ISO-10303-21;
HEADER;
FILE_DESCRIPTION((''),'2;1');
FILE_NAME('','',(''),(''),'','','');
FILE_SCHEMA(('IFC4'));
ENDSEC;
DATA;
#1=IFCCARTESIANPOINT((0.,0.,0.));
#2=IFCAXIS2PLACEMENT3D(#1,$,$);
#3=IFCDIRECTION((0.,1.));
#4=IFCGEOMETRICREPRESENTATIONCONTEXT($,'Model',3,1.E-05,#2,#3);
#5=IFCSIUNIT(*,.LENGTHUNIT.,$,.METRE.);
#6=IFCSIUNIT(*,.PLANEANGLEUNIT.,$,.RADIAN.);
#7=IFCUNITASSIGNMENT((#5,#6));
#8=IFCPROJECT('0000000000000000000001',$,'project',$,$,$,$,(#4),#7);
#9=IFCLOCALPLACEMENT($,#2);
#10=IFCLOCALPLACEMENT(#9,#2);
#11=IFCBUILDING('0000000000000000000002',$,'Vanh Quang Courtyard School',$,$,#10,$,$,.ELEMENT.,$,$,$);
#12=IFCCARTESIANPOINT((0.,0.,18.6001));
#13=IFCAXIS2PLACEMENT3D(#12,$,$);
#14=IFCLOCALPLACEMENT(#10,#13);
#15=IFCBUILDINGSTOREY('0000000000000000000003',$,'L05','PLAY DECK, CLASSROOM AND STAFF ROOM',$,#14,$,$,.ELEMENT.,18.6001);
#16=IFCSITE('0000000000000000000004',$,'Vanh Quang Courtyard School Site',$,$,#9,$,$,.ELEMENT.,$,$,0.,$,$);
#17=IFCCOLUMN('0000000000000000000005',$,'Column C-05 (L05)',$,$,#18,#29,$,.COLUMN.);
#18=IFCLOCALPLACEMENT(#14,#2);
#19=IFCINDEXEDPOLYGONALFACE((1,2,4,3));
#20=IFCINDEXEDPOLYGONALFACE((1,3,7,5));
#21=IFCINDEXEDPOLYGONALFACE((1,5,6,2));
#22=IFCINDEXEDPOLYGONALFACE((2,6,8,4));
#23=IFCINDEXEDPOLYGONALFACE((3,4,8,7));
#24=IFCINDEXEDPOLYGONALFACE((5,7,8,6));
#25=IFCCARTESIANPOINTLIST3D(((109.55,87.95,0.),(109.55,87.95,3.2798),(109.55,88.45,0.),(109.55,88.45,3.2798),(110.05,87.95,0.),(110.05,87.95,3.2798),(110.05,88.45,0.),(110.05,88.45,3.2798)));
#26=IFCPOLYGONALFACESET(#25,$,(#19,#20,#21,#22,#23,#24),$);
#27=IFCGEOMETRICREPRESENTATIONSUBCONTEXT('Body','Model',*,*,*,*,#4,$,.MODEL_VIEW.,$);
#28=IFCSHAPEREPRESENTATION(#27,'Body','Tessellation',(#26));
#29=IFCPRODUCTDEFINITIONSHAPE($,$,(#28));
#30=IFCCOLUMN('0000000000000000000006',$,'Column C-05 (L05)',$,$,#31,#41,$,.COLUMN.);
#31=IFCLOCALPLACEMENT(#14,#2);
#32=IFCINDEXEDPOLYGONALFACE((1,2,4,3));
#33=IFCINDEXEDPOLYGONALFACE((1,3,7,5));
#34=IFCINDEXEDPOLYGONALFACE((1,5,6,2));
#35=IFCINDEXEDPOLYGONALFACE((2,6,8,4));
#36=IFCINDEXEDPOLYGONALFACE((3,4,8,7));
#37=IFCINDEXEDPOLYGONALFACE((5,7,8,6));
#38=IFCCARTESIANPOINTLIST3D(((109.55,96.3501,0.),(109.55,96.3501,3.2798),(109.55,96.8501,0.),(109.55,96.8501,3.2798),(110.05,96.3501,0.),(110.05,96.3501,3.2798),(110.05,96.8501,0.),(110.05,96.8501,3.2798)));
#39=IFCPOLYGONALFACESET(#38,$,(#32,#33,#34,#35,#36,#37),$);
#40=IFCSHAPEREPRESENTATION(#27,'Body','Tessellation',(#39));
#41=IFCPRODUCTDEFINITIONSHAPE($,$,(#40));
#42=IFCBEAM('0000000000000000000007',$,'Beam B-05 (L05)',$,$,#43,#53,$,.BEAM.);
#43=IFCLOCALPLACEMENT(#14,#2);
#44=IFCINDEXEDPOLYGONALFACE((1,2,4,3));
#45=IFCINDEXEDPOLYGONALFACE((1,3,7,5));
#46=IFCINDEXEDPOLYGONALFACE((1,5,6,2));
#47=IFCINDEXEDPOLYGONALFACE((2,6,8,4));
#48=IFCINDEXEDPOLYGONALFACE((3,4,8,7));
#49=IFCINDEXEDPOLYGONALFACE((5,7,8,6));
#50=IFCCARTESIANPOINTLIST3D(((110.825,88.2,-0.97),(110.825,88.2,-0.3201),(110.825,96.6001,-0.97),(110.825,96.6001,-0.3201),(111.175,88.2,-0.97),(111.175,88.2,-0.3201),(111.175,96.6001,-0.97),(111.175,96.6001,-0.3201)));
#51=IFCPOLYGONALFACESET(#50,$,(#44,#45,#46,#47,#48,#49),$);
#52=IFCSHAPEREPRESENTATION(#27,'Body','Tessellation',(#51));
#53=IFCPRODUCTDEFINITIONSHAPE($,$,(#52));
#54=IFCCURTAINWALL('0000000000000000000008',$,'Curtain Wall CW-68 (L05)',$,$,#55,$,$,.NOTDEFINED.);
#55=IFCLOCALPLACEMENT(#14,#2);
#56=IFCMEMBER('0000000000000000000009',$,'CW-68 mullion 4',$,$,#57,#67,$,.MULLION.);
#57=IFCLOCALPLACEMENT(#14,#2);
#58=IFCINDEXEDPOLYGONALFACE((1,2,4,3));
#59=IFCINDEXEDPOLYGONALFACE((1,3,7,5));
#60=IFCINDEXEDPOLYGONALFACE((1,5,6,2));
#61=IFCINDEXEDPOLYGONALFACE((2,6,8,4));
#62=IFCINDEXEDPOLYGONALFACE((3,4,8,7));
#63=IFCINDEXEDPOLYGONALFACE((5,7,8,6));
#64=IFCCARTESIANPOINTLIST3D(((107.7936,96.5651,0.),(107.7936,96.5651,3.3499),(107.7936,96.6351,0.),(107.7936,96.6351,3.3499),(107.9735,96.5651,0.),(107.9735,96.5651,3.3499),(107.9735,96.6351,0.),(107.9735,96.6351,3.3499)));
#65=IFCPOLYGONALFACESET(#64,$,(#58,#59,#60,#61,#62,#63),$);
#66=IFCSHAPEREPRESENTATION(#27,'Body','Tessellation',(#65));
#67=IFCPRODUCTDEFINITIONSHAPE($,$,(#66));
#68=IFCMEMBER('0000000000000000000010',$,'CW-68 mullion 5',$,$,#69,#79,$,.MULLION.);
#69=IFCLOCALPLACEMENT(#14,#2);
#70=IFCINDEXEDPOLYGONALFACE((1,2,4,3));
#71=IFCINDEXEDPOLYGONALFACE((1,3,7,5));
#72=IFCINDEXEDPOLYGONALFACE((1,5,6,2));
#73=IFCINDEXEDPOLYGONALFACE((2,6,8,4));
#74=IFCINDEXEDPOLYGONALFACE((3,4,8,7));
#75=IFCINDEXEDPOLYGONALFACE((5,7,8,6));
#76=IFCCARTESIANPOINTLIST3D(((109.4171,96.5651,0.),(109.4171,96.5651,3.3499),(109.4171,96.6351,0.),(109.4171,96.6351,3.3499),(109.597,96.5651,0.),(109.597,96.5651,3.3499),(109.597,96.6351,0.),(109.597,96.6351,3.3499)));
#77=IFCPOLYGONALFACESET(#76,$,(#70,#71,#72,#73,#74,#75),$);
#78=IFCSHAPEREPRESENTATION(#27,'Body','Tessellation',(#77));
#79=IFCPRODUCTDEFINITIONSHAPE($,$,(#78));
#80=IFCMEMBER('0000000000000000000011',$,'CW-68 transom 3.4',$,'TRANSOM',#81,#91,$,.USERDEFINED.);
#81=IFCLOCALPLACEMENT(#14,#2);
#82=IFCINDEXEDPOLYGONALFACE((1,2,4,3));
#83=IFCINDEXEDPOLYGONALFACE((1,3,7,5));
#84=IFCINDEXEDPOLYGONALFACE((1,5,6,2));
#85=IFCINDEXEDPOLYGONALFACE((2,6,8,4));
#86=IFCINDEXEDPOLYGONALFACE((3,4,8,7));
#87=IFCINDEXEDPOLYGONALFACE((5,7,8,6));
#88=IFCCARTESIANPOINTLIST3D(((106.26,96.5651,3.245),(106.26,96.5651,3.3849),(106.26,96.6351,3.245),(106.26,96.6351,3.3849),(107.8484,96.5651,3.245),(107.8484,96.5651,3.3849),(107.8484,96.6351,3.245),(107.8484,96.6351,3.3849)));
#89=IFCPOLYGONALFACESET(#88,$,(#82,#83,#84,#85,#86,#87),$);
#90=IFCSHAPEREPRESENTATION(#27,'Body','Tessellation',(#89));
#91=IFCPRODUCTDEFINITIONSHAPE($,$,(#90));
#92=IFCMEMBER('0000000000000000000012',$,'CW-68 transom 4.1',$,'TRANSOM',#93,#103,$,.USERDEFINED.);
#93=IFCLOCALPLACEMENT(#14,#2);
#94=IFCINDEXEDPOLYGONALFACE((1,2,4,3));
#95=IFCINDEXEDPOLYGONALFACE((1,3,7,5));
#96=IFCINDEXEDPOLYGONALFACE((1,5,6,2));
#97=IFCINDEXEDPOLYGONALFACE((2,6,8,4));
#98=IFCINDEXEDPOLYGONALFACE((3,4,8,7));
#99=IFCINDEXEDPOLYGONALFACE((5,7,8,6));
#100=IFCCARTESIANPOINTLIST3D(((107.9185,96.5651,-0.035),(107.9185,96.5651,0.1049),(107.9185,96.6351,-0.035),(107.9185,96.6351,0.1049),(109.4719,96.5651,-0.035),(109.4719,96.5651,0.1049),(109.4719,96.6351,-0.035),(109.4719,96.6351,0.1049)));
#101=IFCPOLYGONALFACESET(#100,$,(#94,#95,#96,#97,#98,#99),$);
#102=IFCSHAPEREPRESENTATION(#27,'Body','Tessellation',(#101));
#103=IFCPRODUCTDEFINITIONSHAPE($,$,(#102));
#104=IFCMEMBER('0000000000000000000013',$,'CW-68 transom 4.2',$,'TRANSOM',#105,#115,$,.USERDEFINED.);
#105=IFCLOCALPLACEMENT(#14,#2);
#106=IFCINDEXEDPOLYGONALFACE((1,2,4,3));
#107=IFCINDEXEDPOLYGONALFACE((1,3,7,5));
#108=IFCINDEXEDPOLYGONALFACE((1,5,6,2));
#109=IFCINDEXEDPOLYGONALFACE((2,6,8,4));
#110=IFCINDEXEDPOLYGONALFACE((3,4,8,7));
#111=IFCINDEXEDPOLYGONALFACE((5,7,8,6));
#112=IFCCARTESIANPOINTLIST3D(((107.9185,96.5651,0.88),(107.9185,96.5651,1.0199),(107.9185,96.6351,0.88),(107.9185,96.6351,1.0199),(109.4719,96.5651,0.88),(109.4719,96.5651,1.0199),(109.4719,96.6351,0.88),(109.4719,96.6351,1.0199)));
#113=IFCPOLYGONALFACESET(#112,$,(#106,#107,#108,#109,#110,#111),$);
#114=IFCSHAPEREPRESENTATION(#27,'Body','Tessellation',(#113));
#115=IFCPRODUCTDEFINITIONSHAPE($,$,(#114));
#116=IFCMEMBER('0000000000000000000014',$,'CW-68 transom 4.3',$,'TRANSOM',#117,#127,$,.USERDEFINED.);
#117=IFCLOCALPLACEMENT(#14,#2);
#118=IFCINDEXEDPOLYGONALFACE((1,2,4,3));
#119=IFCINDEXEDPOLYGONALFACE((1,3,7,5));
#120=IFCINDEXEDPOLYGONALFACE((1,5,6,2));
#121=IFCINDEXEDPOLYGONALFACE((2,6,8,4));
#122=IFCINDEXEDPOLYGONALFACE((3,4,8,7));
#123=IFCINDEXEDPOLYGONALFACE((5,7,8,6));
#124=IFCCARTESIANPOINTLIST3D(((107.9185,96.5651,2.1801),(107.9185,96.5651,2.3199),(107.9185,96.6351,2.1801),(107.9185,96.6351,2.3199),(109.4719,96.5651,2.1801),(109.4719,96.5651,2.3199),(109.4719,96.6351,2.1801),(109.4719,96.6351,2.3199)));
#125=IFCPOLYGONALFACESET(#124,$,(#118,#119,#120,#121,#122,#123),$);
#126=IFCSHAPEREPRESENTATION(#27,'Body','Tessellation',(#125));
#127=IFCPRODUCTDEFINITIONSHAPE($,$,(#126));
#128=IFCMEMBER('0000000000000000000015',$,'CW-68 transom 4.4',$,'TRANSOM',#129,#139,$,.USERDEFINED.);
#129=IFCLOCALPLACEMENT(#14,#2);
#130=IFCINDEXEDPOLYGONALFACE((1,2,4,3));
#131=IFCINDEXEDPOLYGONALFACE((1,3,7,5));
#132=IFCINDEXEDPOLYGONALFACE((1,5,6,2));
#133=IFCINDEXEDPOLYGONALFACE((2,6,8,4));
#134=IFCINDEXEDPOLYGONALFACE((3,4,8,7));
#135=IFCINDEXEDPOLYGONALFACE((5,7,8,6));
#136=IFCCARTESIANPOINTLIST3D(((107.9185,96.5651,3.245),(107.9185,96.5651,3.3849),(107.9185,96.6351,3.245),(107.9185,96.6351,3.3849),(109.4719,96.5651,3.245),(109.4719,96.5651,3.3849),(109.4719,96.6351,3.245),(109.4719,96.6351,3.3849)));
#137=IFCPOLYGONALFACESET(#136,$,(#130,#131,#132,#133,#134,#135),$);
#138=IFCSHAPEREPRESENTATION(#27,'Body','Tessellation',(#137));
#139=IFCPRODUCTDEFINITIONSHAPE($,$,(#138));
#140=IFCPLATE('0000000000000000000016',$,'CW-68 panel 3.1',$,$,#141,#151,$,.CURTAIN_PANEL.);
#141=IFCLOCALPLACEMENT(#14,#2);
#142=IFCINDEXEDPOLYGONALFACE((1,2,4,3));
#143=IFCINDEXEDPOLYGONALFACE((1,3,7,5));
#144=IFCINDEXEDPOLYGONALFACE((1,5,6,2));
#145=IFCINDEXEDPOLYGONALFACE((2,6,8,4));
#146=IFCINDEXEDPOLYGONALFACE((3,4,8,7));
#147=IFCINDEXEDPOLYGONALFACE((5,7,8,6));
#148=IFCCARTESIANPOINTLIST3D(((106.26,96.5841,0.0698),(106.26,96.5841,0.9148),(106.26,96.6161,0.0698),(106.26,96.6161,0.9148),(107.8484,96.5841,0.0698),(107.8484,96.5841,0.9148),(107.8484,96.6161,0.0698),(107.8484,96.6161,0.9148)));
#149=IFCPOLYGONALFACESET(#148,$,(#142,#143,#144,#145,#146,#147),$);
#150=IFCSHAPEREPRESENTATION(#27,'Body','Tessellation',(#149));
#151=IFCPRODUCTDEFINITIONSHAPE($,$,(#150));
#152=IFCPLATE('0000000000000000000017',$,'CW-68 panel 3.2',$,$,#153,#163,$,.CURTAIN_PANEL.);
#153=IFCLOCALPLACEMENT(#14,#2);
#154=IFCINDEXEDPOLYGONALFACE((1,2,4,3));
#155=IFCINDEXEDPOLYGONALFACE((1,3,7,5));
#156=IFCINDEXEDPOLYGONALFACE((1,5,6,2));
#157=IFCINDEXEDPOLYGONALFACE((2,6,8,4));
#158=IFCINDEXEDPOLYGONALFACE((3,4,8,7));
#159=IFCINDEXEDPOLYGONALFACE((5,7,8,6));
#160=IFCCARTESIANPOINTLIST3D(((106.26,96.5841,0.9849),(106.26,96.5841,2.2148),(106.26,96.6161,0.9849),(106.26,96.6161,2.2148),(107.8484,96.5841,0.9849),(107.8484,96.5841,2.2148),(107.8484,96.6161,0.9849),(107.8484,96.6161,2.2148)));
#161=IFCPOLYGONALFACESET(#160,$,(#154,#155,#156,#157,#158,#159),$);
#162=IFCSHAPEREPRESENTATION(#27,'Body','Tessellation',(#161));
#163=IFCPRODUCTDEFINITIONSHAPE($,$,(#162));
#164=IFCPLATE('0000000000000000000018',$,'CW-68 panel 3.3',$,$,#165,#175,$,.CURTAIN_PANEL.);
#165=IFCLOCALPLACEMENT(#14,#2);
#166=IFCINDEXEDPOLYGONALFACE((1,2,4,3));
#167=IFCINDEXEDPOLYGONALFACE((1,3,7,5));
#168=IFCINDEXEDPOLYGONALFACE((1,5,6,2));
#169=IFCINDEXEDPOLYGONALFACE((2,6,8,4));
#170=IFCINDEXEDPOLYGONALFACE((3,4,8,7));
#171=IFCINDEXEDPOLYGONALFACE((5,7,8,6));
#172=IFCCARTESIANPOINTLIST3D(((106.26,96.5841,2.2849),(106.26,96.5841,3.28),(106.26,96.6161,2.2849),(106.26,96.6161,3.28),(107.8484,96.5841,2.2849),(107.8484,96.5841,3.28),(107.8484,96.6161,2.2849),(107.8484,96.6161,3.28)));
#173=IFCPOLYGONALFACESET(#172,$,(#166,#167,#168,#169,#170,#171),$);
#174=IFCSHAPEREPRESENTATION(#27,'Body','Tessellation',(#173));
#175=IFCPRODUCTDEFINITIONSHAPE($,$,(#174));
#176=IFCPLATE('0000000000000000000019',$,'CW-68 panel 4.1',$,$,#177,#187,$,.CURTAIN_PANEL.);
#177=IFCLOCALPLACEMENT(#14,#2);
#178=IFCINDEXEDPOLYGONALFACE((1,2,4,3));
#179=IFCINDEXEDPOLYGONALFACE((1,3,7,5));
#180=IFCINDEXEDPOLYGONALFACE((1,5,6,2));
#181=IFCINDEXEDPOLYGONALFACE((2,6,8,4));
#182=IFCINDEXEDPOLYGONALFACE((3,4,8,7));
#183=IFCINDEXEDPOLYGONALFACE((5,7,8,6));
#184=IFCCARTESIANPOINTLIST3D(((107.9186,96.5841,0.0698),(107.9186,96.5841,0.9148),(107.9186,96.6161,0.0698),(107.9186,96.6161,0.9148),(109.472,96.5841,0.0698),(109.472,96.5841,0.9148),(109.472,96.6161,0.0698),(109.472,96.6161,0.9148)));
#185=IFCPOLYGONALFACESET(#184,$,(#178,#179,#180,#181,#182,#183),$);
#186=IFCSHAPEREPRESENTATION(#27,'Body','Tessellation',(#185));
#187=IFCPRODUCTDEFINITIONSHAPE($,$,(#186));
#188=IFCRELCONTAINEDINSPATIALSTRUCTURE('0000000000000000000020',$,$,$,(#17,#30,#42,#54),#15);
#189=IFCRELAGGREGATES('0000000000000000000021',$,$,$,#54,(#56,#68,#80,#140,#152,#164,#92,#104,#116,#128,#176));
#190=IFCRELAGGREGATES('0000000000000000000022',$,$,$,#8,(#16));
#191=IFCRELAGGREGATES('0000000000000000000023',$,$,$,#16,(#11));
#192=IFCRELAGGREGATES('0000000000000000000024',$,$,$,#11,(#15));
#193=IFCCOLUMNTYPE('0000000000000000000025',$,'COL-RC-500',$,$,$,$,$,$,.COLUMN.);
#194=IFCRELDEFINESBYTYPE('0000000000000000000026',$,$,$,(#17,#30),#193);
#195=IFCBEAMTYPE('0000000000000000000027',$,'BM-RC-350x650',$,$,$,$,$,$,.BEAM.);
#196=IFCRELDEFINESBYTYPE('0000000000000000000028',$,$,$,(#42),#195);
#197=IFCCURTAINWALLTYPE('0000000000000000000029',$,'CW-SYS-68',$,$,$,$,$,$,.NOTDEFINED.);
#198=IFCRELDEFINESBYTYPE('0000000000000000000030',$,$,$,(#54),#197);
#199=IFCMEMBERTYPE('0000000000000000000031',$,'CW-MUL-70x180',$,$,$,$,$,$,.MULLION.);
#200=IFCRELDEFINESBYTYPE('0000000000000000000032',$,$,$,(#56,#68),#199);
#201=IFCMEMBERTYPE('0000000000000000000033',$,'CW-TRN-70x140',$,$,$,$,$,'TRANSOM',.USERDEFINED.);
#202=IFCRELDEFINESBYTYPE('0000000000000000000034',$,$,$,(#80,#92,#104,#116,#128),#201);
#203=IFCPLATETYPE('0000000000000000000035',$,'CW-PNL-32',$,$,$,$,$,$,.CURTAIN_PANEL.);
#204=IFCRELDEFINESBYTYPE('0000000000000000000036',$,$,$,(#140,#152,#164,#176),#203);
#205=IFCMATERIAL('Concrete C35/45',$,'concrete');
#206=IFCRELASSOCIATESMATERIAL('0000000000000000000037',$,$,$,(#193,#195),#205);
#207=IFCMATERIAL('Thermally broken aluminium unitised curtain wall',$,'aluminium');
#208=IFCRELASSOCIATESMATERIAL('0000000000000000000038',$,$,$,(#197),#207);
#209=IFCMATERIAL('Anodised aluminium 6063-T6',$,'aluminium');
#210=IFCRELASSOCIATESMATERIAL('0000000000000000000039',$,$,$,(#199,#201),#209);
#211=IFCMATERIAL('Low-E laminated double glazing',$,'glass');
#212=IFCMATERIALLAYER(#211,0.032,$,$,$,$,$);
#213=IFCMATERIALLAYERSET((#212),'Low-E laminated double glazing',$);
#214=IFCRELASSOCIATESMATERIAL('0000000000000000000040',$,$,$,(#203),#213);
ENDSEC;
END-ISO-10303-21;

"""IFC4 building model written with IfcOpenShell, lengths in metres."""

from ifc_helpers import new_model, si_unit, direction, frame, origin, origin_2d, place, context, subcontext, project, spatial, rectangle, extrude, material, layer, layer_set, material_profile, profile_set, type_object, element, aggregate, save


model = new_model("IFC4")

# Units and contexts
model_context = context("Model", 3, precision=1e-05, world=origin(), true_north=direction((0.0, 1.0)))
body_context = subcontext(model_context, "Body", "Model", "MODEL_VIEW")
ifc_project = project(units=[si_unit("LENGTHUNIT", "METRE"), si_unit("PLANEANGLEUNIT", "RADIAN")], contexts=[model_context])

# Site, building, storey
site_placement = place(None, origin())
site = spatial("IfcSite", under=ifc_project, at=site_placement, Name="Vanh Quang Courtyard School Site", CompositionType="ELEMENT", RefElevation=0.0)
building_placement = place(site_placement, origin())
building = spatial("IfcBuilding", under=site, at=building_placement, Name="Vanh Quang Courtyard School", CompositionType="ELEMENT")
storey_placement = place(building_placement, frame((0.0, 0.0, 18.6001)))
storey = spatial("IfcBuildingStorey", under=building, at=storey_placement, Name="L05", Description="PLAY DECK, CLASSROOM AND STAFF ROOM", CompositionType="ELEMENT", Elevation=18.6001)

# Columns
ifc_material_1 = material(Name="Concrete C35/45", Category="concrete")
ifc_material_profile_1 = material_profile(ifc_material_1, rectangle(XDim=0.5, YDim=0.5, at=origin_2d()), Name="RC-COL 500x500")
ifc_profile_set_1 = profile_set([ifc_material_profile_1], Name="Concrete C35/45")
column_type = type_object("IfcColumnType", Name="COL-RC-500", PredefinedType="COLUMN", material=ifc_profile_set_1)
for number, where, z_axis, x_axis, name in (
    (1, (109.8, 88.2, 0.0), (0.0, 0.0, 1.0), (1.0, 0.0, 0.0), "Column C-05 (L05)"),
    (2, (109.8, 96.6001, 0.0), (0.0, 0.0, 1.0), (1.0, 0.0, 0.0), "Column C-05 (L05)"),
):
    element("IfcColumn", number, at=place(storey_placement, frame(where, z_axis=z_axis, x_axis=x_axis)), inside=storey, type_object=column_type, Name=name, PredefinedType="COLUMN", context=body_context, shape_type="SweptSolid", body=[
        extrude(rectangle(XDim=0.5, YDim=0.5, at=origin_2d()), origin(), (0.0, 0.0, 1.0), 3.2798),
    ])

# Beam
ifc_material_profile_2 = material_profile(ifc_material_1, rectangle(XDim=0.3501, YDim=0.6499, at=origin_2d()), Name="RC-BM 350x650")
ifc_profile_set_2 = profile_set([ifc_material_profile_2], Name="Concrete C35/45")
beam_type = type_object("IfcBeamType", Name="BM-RC-350x650", PredefinedType="BEAM", material=ifc_profile_set_2)
beam_placement = place(storey_placement, frame((111.0, 88.2, -0.645), z_axis=(0.0, 1.0, 0.0), x_axis=(-1.0, 0.0, 0.0)))
element("IfcBeam", 3, at=beam_placement, inside=storey, type_object=beam_type, Name="Beam B-05 (L05)", PredefinedType="BEAM", context=body_context, shape_type="SweptSolid", body=[
    extrude(rectangle(XDim=0.3501, YDim=0.6499, at=origin_2d()), origin(), (0.0, 0.0, 1.0), 8.4001),
])

# Curtain wall, members, plates
ifc_material_2 = material(Name="Thermally broken aluminium unitised curtain wall", Category="aluminium")
curtain_wall_type = type_object("IfcCurtainWallType", Name="CW-SYS-68", PredefinedType="NOTDEFINED", material=ifc_material_2)
curtain_wall_placement = place(storey_placement, origin())
curtain_wall = element("IfcCurtainWall", 4, at=curtain_wall_placement, inside=storey, type_object=curtain_wall_type, Name="Curtain Wall CW-68 (L05)", PredefinedType="NOTDEFINED")
ifc_material_3 = material(Name="Anodised aluminium 6063-T6", Category="aluminium")
ifc_material_profile_3 = material_profile(ifc_material_3, rectangle(XDim=0.0701, YDim=0.1799, at=origin_2d()), Name="ALU-MUL 70x180")
ifc_profile_set_3 = profile_set([ifc_material_profile_3], Name="Anodised aluminium 6063-T6")
member_type_1 = type_object("IfcMemberType", Name="CW-MUL-70x180", PredefinedType="MULLION", material=ifc_profile_set_3)
member_1_placement = place(storey_placement, frame((107.8835, 96.6001, 0.0), z_axis=(0.0, 0.0, 1.0), x_axis=(0.0, 1.0, 0.0)))
member_1 = element("IfcMember", 5, at=member_1_placement, type_object=member_type_1, Name="CW-68 mullion 4", PredefinedType="MULLION", context=body_context, shape_type="SweptSolid", body=[
    extrude(rectangle(XDim=0.0701, YDim=0.1799, at=origin_2d()), origin(), (0.0, 0.0, 1.0), 3.3499),
])
member_2_placement = place(storey_placement, frame((109.5071, 96.6001, 0.0), z_axis=(0.0, 0.0, 1.0), x_axis=(0.0, 1.0, 0.0)))
member_2 = element("IfcMember", 6, at=member_2_placement, type_object=member_type_1, Name="CW-68 mullion 5", PredefinedType="MULLION", context=body_context, shape_type="SweptSolid", body=[
    extrude(rectangle(XDim=0.0701, YDim=0.1799, at=origin_2d()), origin(), (0.0, 0.0, 1.0), 3.3499),
])
ifc_material_profile_4 = material_profile(ifc_material_3, rectangle(XDim=0.0701, YDim=0.1399, at=origin_2d()), Name="ALU-TRN 70x140")
ifc_profile_set_4 = profile_set([ifc_material_profile_4], Name="Anodised aluminium 6063-T6")
member_type_2 = type_object("IfcMemberType", Name="CW-TRN-70x140", ElementType="TRANSOM", PredefinedType="USERDEFINED", material=ifc_profile_set_4)
member_3_placement = place(storey_placement, frame((106.26, 96.6001, 3.3149), z_axis=(1.0, 0.0, 0.0), x_axis=(0.0, 1.0, 0.0)))
member_3 = element("IfcMember", 7, at=member_3_placement, type_object=member_type_2, Name="CW-68 transom 3.4", ObjectType="TRANSOM", PredefinedType="USERDEFINED", context=body_context, shape_type="SweptSolid", body=[
    extrude(rectangle(XDim=0.0701, YDim=0.1399, at=origin_2d()), origin(), (0.0, 0.0, 1.0), 1.5884),
])
member_4_placement = place(storey_placement, frame((107.9185, 96.6001, 0.0349), z_axis=(1.0, 0.0, 0.0), x_axis=(0.0, 1.0, 0.0)))
member_4 = element("IfcMember", 8, at=member_4_placement, type_object=member_type_2, Name="CW-68 transom 4.1", ObjectType="TRANSOM", PredefinedType="USERDEFINED", context=body_context, shape_type="SweptSolid", body=[
    extrude(rectangle(XDim=0.0701, YDim=0.1399, at=origin_2d()), origin(), (0.0, 0.0, 1.0), 1.5535),
])
member_5_placement = place(storey_placement, frame((107.9185, 96.6001, 0.95), z_axis=(1.0, 0.0, 0.0), x_axis=(0.0, 1.0, 0.0)))
member_5 = element("IfcMember", 9, at=member_5_placement, type_object=member_type_2, Name="CW-68 transom 4.2", ObjectType="TRANSOM", PredefinedType="USERDEFINED", context=body_context, shape_type="SweptSolid", body=[
    extrude(rectangle(XDim=0.0701, YDim=0.1399, at=origin_2d()), origin(), (0.0, 0.0, 1.0), 1.5535),
])
member_6_placement = place(storey_placement, frame((107.9185, 96.6001, 2.25), z_axis=(1.0, 0.0, 0.0), x_axis=(0.0, 1.0, 0.0)))
member_6 = element("IfcMember", 10, at=member_6_placement, type_object=member_type_2, Name="CW-68 transom 4.3", ObjectType="TRANSOM", PredefinedType="USERDEFINED", context=body_context, shape_type="SweptSolid", body=[
    extrude(rectangle(XDim=0.0701, YDim=0.1399, at=origin_2d()), origin(), (0.0, 0.0, 1.0), 1.5535),
])
member_7_placement = place(storey_placement, frame((107.9185, 96.6001, 3.3149), z_axis=(1.0, 0.0, 0.0), x_axis=(0.0, 1.0, 0.0)))
member_7 = element("IfcMember", 11, at=member_7_placement, type_object=member_type_2, Name="CW-68 transom 4.4", ObjectType="TRANSOM", PredefinedType="USERDEFINED", context=body_context, shape_type="SweptSolid", body=[
    extrude(rectangle(XDim=0.0701, YDim=0.1399, at=origin_2d()), origin(), (0.0, 0.0, 1.0), 1.5535),
])
ifc_material_4 = material(Name="Low-E laminated double glazing", Category="glass")
ifc_layer_1 = layer(ifc_material_4, 0.032)
ifc_layer_set_1 = layer_set([ifc_layer_1], Name="Low-E laminated double glazing")
plate_type = type_object("IfcPlateType", Name="CW-PNL-32", PredefinedType="CURTAIN_PANEL", material=ifc_layer_set_1)
plate_1_placement = place(storey_placement, frame((107.0542, 96.6001, 0.0698), z_axis=(0.0, 0.0, 1.0), x_axis=(1.0, 0.0, 0.0)))
plate_1 = element("IfcPlate", 12, at=plate_1_placement, type_object=plate_type, Name="CW-68 panel 3.1", PredefinedType="CURTAIN_PANEL", context=body_context, shape_type="SweptSolid", body=[
    extrude(rectangle(XDim=1.5884, YDim=0.032, at=origin_2d()), origin(), (0.0, 0.0, 1.0), 0.845),
])
plate_2_placement = place(storey_placement, frame((107.0542, 96.6001, 0.9849), z_axis=(0.0, 0.0, 1.0), x_axis=(1.0, 0.0, 0.0)))
plate_2 = element("IfcPlate", 13, at=plate_2_placement, type_object=plate_type, Name="CW-68 panel 3.2", PredefinedType="CURTAIN_PANEL", context=body_context, shape_type="SweptSolid", body=[
    extrude(rectangle(XDim=1.5884, YDim=0.032, at=origin_2d()), origin(), (0.0, 0.0, 1.0), 1.23),
])
plate_3_placement = place(storey_placement, frame((107.0542, 96.6001, 2.2849), z_axis=(0.0, 0.0, 1.0), x_axis=(1.0, 0.0, 0.0)))
plate_3 = element("IfcPlate", 14, at=plate_3_placement, type_object=plate_type, Name="CW-68 panel 3.3", PredefinedType="CURTAIN_PANEL", context=body_context, shape_type="SweptSolid", body=[
    extrude(rectangle(XDim=1.5884, YDim=0.032, at=origin_2d()), origin(), (0.0, 0.0, 1.0), 0.9951),
])
plate_4_placement = place(storey_placement, frame((108.6953, 96.6001, 0.0698), z_axis=(0.0, 0.0, 1.0), x_axis=(1.0, 0.0, 0.0)))
plate_4 = element("IfcPlate", 15, at=plate_4_placement, type_object=plate_type, Name="CW-68 panel 4.1", PredefinedType="CURTAIN_PANEL", context=body_context, shape_type="SweptSolid", body=[
    extrude(rectangle(XDim=1.5535, YDim=0.032, at=origin_2d()), origin(), (0.0, 0.0, 1.0), 0.845),
])
aggregate(curtain_wall, [member_1, member_2, member_3, plate_1, plate_2, plate_3, member_4, member_5, member_6, member_7, plate_4])

save(model, "model.ifc")
